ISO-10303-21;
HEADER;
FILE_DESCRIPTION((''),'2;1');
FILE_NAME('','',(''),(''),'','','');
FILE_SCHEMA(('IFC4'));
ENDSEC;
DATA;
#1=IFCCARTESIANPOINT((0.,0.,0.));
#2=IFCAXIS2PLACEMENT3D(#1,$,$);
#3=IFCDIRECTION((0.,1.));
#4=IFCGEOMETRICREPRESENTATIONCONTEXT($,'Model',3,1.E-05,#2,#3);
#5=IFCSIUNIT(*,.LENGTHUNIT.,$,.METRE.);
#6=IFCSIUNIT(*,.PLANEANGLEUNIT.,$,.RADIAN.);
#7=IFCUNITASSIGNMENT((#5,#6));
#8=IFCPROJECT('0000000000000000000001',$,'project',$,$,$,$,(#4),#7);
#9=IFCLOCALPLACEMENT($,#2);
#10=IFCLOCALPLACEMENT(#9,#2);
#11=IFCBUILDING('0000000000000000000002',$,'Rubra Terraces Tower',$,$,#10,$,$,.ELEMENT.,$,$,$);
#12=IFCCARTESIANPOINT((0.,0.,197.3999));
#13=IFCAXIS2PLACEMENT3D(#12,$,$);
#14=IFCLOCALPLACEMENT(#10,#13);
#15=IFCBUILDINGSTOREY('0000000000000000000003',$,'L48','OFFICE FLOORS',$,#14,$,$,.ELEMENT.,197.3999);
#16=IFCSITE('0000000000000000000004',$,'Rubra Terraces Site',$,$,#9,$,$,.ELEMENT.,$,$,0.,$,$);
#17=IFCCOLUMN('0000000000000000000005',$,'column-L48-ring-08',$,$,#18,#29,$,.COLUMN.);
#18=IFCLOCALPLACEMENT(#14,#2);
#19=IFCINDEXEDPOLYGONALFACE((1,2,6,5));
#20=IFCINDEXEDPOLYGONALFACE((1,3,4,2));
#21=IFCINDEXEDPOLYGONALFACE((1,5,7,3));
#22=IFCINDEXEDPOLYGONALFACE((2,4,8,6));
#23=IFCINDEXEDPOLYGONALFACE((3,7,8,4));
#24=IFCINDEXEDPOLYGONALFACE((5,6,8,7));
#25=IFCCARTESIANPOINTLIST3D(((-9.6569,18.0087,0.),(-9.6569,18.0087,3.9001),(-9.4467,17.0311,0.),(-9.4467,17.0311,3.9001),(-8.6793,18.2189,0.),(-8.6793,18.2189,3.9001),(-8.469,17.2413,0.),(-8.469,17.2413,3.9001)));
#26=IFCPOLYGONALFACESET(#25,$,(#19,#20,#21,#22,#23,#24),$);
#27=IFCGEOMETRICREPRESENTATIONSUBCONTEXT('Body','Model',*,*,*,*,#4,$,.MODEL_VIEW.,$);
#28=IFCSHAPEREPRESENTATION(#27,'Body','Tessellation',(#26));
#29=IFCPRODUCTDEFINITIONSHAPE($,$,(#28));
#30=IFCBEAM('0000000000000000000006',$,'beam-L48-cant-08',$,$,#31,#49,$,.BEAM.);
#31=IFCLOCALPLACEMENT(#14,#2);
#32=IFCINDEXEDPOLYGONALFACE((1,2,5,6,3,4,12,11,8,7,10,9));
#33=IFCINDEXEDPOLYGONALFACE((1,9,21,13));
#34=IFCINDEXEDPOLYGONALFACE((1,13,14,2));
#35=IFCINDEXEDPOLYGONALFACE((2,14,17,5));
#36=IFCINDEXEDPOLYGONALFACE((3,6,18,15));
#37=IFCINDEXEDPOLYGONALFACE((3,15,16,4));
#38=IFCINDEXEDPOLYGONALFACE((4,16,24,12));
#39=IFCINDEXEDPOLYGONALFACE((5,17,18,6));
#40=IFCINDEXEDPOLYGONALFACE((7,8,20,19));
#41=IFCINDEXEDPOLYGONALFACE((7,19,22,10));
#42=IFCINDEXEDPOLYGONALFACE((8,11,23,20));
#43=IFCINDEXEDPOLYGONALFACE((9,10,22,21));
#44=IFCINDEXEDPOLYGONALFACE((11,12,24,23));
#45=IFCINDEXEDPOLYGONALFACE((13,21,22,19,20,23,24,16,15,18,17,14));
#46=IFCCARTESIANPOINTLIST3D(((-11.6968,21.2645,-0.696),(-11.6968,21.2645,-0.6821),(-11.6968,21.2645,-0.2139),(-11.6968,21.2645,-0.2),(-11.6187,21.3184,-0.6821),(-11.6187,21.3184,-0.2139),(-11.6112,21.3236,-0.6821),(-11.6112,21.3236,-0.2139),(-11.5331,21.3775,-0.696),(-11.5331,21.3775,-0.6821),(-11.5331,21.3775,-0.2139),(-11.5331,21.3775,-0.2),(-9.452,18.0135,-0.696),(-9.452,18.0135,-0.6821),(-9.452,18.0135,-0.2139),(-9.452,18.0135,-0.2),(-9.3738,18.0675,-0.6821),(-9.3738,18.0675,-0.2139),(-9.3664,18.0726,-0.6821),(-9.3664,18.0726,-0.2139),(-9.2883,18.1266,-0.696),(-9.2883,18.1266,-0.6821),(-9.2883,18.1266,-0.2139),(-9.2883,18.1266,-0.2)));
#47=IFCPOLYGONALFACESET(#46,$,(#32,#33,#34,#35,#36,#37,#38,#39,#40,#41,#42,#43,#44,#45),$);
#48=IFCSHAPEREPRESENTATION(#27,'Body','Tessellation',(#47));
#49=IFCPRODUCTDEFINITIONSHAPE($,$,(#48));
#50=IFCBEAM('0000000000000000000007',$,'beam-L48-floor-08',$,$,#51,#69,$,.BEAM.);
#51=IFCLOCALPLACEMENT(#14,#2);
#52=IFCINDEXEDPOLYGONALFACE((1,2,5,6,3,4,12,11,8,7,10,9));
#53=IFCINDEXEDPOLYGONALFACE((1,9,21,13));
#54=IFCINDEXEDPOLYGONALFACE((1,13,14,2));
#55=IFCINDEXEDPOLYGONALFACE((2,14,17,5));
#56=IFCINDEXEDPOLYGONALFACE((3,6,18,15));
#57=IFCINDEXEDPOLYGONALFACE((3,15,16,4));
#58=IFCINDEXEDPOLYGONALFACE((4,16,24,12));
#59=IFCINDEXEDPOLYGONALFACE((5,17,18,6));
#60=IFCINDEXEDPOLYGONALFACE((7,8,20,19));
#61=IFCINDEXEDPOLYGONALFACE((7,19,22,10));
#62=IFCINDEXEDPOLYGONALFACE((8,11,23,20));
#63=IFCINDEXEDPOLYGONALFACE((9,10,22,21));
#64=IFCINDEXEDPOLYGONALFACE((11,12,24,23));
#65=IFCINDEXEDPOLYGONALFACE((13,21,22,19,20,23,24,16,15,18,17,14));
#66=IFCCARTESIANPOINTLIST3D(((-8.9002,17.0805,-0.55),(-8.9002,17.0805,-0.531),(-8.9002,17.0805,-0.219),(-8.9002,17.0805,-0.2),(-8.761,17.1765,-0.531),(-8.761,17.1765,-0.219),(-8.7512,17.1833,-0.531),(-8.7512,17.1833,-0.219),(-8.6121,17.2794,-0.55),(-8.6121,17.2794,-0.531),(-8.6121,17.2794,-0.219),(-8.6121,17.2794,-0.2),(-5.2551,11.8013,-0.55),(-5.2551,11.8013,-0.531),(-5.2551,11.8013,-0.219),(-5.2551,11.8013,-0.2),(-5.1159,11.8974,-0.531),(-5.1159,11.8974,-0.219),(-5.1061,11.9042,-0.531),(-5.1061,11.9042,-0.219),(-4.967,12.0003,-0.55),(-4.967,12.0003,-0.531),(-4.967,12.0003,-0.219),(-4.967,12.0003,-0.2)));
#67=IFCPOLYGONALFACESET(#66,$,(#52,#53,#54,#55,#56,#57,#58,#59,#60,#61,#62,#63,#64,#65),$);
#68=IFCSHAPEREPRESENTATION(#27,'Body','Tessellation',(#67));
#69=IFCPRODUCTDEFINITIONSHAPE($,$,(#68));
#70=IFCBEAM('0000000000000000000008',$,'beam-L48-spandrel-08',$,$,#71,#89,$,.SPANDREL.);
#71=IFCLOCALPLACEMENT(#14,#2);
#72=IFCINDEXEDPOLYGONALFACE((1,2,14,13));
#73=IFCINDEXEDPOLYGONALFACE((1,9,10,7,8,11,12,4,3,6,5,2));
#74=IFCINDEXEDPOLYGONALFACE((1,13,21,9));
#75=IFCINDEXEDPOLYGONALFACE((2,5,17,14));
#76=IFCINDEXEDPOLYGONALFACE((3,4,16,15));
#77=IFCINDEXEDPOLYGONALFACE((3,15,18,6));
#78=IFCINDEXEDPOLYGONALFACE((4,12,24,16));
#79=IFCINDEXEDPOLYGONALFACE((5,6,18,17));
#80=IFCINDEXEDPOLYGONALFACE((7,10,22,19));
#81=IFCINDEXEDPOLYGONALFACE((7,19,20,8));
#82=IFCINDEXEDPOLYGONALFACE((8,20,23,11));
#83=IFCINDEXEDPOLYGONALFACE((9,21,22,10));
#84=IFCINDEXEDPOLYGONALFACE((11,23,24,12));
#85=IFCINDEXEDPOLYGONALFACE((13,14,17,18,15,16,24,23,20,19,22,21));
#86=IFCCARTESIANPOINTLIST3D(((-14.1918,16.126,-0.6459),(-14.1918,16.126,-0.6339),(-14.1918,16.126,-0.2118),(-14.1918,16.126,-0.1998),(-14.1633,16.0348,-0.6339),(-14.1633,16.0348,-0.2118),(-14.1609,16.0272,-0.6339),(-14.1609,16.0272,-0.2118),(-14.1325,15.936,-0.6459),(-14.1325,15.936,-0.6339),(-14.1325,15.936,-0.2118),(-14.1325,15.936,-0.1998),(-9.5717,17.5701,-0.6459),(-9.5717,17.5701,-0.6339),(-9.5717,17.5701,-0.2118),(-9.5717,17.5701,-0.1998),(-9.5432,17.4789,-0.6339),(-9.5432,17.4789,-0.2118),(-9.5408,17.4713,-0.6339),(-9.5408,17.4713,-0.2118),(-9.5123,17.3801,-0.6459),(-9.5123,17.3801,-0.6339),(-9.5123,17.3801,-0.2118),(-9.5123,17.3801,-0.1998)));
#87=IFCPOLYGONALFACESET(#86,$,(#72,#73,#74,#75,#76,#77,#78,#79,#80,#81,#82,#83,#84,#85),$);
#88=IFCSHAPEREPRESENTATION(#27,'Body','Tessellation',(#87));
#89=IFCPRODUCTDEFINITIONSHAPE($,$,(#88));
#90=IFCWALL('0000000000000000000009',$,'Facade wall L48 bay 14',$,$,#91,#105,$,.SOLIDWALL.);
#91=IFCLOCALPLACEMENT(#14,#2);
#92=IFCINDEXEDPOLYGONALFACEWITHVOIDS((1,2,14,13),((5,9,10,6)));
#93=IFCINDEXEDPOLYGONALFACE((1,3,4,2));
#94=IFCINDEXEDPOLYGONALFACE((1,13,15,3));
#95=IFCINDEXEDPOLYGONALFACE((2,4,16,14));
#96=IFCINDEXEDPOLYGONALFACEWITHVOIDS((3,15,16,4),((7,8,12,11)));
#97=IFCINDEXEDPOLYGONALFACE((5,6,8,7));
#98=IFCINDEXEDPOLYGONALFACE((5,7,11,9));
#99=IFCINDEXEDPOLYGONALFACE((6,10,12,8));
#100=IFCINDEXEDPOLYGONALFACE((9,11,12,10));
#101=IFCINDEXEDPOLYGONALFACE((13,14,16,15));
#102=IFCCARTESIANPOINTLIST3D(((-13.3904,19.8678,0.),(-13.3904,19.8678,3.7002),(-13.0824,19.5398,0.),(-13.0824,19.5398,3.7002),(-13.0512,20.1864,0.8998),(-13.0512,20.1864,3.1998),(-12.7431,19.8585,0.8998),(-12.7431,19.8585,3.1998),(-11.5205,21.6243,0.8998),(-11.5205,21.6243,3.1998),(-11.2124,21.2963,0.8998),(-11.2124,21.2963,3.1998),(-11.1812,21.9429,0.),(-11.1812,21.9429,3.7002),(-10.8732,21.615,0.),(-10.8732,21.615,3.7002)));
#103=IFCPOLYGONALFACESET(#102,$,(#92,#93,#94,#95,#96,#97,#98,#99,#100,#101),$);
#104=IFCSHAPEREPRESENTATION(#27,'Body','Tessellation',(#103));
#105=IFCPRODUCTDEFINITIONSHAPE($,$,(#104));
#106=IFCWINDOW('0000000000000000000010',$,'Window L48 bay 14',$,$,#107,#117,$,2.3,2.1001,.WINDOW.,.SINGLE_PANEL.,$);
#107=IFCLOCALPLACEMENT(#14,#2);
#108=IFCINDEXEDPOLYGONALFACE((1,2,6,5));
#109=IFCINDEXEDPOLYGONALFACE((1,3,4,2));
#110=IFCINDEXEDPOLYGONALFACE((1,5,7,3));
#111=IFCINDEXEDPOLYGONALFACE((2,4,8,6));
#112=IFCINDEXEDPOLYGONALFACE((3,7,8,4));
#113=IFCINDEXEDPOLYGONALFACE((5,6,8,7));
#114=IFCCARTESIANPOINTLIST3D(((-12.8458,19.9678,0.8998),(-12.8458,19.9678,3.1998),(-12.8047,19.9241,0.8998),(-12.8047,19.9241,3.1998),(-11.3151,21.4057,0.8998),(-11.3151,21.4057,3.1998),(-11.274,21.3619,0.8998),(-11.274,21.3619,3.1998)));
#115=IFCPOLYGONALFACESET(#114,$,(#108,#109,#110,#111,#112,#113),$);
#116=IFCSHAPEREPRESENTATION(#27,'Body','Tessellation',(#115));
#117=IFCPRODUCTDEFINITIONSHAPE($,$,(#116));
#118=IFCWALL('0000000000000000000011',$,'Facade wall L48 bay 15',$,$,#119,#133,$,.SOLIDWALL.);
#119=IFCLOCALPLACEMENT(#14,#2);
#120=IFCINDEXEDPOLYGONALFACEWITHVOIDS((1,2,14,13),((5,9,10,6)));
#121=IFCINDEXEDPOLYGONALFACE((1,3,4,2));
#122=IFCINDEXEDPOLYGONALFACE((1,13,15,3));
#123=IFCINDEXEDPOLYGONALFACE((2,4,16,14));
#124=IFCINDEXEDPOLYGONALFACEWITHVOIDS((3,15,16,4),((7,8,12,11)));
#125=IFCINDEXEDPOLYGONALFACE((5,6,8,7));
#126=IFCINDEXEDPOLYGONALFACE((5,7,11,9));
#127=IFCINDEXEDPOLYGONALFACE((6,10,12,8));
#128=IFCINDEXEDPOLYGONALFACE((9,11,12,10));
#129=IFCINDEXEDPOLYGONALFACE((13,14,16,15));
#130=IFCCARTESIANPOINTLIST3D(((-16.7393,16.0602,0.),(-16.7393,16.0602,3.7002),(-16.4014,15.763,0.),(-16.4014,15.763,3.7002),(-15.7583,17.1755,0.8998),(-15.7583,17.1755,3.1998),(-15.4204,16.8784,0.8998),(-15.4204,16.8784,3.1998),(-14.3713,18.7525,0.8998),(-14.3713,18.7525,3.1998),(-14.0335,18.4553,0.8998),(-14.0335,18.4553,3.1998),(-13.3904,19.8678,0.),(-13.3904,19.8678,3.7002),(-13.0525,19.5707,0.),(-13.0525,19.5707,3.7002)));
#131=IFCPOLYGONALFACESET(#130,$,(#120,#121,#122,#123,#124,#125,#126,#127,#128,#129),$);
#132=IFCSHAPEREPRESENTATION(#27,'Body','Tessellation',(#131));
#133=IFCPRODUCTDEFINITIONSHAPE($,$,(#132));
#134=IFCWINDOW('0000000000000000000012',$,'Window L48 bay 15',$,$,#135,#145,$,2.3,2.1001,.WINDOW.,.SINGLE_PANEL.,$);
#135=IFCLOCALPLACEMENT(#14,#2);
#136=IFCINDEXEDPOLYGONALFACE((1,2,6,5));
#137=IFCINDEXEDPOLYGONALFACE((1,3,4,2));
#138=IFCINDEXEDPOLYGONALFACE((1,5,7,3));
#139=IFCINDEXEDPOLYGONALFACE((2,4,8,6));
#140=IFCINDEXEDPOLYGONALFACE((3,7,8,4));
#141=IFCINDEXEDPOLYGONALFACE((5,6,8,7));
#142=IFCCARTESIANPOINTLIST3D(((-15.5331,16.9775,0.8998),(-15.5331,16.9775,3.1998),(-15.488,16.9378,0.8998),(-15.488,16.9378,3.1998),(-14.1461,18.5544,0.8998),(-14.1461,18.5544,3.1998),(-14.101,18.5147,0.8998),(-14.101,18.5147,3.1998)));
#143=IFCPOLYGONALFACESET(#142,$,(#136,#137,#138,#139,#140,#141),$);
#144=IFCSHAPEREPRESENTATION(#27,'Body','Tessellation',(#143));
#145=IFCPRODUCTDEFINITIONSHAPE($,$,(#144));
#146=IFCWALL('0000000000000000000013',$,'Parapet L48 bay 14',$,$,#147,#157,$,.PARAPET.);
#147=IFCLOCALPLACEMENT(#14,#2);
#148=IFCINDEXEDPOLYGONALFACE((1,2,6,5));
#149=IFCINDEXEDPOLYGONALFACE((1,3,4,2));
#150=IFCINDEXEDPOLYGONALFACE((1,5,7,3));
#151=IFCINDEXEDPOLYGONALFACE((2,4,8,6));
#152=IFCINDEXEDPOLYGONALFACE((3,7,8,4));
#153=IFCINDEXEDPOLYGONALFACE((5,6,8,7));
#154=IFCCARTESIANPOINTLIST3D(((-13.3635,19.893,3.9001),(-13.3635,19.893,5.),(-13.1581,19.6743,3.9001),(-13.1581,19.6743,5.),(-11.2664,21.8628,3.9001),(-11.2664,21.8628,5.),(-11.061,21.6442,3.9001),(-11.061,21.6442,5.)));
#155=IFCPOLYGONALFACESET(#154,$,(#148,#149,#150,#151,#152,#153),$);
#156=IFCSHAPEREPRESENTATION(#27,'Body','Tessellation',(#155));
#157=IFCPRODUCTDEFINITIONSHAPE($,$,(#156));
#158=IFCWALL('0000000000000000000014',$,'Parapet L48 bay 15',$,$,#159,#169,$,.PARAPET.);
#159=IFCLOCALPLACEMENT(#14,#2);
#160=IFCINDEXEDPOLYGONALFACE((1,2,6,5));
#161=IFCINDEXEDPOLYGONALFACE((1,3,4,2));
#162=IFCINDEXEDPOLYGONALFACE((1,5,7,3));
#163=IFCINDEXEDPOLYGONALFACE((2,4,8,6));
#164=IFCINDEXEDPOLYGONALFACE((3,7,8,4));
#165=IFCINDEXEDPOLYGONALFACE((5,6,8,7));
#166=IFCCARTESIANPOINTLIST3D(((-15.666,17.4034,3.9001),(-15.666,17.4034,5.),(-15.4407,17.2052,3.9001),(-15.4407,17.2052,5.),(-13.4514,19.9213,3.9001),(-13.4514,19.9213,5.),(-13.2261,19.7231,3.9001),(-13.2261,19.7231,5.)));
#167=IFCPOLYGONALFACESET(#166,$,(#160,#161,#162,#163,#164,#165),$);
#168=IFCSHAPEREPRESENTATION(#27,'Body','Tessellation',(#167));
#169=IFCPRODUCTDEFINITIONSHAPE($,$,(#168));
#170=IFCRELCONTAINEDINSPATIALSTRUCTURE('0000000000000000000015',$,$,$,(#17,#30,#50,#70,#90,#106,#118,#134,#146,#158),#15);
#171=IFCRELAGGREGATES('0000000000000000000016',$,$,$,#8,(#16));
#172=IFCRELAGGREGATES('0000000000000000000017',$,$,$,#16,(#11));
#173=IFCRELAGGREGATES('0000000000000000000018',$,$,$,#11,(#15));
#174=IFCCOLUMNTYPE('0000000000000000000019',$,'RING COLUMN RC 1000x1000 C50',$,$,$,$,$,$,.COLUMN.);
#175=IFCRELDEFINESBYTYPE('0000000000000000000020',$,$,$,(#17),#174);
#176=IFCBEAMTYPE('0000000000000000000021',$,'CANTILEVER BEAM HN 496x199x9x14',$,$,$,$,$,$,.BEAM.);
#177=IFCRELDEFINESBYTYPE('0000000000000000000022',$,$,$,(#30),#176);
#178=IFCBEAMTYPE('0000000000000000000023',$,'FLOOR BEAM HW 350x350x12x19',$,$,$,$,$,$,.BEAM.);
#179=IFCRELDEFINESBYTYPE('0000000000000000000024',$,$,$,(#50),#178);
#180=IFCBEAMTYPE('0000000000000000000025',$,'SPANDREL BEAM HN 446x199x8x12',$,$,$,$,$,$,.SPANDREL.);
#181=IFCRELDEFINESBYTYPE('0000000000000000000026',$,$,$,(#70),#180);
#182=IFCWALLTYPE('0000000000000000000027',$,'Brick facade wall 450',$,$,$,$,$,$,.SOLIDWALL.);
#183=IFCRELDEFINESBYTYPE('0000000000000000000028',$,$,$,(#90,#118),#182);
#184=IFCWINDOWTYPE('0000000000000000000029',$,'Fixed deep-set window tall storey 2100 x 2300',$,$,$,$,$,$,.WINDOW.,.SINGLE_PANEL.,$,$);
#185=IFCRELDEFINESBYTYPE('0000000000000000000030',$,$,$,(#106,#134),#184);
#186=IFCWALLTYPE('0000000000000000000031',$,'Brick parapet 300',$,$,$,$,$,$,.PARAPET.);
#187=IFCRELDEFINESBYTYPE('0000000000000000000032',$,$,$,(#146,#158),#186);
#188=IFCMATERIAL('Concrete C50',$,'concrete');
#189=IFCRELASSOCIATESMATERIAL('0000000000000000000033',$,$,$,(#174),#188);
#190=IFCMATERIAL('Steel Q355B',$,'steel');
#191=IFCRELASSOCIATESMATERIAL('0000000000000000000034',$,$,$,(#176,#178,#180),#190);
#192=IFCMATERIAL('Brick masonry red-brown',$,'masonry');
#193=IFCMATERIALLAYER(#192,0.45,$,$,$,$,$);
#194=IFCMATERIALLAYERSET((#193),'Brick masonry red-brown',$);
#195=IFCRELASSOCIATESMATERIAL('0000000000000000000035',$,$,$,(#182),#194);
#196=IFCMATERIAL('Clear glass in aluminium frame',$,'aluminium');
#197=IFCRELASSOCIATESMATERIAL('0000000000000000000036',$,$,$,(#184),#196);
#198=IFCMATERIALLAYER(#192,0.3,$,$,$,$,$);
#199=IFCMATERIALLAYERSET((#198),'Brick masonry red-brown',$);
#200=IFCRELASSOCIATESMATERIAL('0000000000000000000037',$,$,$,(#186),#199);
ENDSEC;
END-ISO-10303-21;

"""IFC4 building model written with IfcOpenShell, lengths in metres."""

from ifc_helpers import new_model, si_unit, direction, frame, frame_2d, origin, origin_2d, place, context, subcontext, project, spatial, rectangle, i_section, extrude, material, layer, layer_set, material_profile, profile_set, type_object, element, fill, save


model = new_model("IFC4")

# Units and contexts
model_context = context("Model", 3, precision=1e-05, world=origin(), true_north=direction((0.0, 1.0)))
body_context = subcontext(model_context, "Body", "Model", "MODEL_VIEW")
ifc_project = project(units=[si_unit("LENGTHUNIT", "METRE"), si_unit("PLANEANGLEUNIT", "RADIAN")], contexts=[model_context])

# Site, building, storey
site_placement = place(None, origin())
site = spatial("IfcSite", under=ifc_project, at=site_placement, Name="Rubra Terraces Site", CompositionType="ELEMENT", RefElevation=0.0)
building_placement = place(site_placement, origin())
building = spatial("IfcBuilding", under=site, at=building_placement, Name="Rubra Terraces Tower", CompositionType="ELEMENT")
storey_placement = place(building_placement, frame((0.0, 0.0, 197.3999)))
storey = spatial("IfcBuildingStorey", under=building, at=storey_placement, Name="L48", Description="OFFICE FLOORS", CompositionType="ELEMENT", Elevation=197.3999)

# Column
ifc_material_1 = material(Name="Concrete C50", Category="concrete")
ifc_material_profile_1 = material_profile(ifc_material_1, rectangle(XDim=1.0, YDim=1.0, at=origin_2d()), Name="RC 1000x1000")
ifc_profile_set_1 = profile_set([ifc_material_profile_1], Name="Concrete C50")
column_type = type_object("IfcColumnType", Name="RING COLUMN RC 1000x1000 C50", PredefinedType="COLUMN", material=ifc_profile_set_1)
column_placement = place(storey_placement, frame((-9.063, 17.625, 0.0), z_axis=(0.0, 0.0, 1.0), x_axis=(-0.977653, -0.210227, 0.0)))
element("IfcColumn", 1, at=column_placement, inside=storey, type_object=column_type, Name="column-L48-ring-08", PredefinedType="COLUMN", context=body_context, shape_type="SweptSolid", body=[
    extrude(rectangle(XDim=1.0, YDim=1.0, at=origin_2d()), origin(), (0.0, 0.0, 1.0), 3.9001),
])

# Beams
ifc_material_2 = material(Name="Steel Q355B", Category="steel")
ifc_material_profile_2 = material_profile(ifc_material_2, i_section(OverallWidth=0.199, OverallDepth=0.4961, WebThickness=0.009, FlangeThickness=0.0139, at=origin_2d()), Name="HN 496x199x9x14")
ifc_profile_set_2 = profile_set([ifc_material_profile_2], Name="Steel Q355B")
beam_type_1 = type_object("IfcBeamType", Name="CANTILEVER BEAM HN 496x199x9x14", PredefinedType="BEAM", material=ifc_profile_set_2)
beam_1_placement = place(storey_placement, frame((-9.3701, 18.0701, -0.448), z_axis=(-0.568217, 0.822879, 0.0), x_axis=(-0.822879, -0.568217, 0.0)))
element("IfcBeam", 2, at=beam_1_placement, inside=storey, type_object=beam_type_1, Name="beam-L48-cant-08", PredefinedType="BEAM", context=body_context, shape_type="SweptSolid", body=[
    extrude(i_section(OverallWidth=0.199, OverallDepth=0.4961, WebThickness=0.009, FlangeThickness=0.0139, at=origin_2d()), origin(), (0.0, 0.0, 1.0), 3.9507),
])
ifc_material_profile_3 = material_profile(ifc_material_2, i_section(OverallWidth=0.3501, OverallDepth=0.3501, WebThickness=0.012, FlangeThickness=0.019, at=origin_2d()), Name="HW 350x350x12x19")
ifc_profile_set_3 = profile_set([ifc_material_profile_3], Name="Steel Q355B")
beam_type_2 = type_object("IfcBeamType", Name="FLOOR BEAM HW 350x350x12x19", PredefinedType="BEAM", material=ifc_profile_set_3)
beam_2_placement = place(storey_placement, frame((-8.7561, 17.1799, -0.375), z_axis=(0.568186, -0.8229, 0.0), x_axis=(0.8229, 0.568186, 0.0)))
element("IfcBeam", 3, at=beam_2_placement, inside=storey, type_object=beam_type_2, Name="beam-L48-floor-08", PredefinedType="BEAM", context=body_context, shape_type="SweptSolid", body=[
    extrude(i_section(OverallWidth=0.3501, OverallDepth=0.3501, WebThickness=0.012, FlangeThickness=0.019, at=origin_2d()), origin(), (0.0, 0.0, 1.0), 6.4153),
])
ifc_material_profile_4 = material_profile(ifc_material_2, i_section(OverallWidth=0.199, OverallDepth=0.446, WebThickness=0.0081, FlangeThickness=0.012, at=origin_2d()), Name="HN 446x199x8x12")
ifc_profile_set_4 = profile_set([ifc_material_profile_4], Name="Steel Q355B")
beam_type_3 = type_object("IfcBeamType", Name="SPANDREL BEAM HN 446x199x8x12", PredefinedType="SPANDREL", material=ifc_profile_set_4)
beam_3_placement = place(storey_placement, frame((-9.542, 17.4751, -0.4229), z_axis=(-0.954462, -0.298332, 0.0), x_axis=(0.298332, -0.954462, 0.0)))
element("IfcBeam", 4, at=beam_3_placement, inside=storey, type_object=beam_type_3, Name="beam-L48-spandrel-08", PredefinedType="SPANDREL", context=body_context, shape_type="SweptSolid", body=[
    extrude(i_section(OverallWidth=0.199, OverallDepth=0.446, WebThickness=0.0081, FlangeThickness=0.012, at=origin_2d()), origin(), (0.0, 0.0, 1.0), 4.8406),
])

# Walls, openings, windows
ifc_material_3 = material(Name="Brick masonry red-brown", Category="masonry")
ifc_layer_1 = layer(ifc_material_3, 0.45)
ifc_layer_set_1 = layer_set([ifc_layer_1], Name="Brick masonry red-brown")
wall_type_1 = type_object("IfcWallType", Name="Brick facade wall 450", PredefinedType="SOLIDWALL", material=ifc_layer_set_1)
wall_1_placement = place(storey_placement, frame((-11.0271, 21.7791, 0.0), z_axis=(0.0, 0.0, 1.0), x_axis=(-0.728871, -0.684651, 0.0)))
wall_1 = element("IfcWall", 5, at=wall_1_placement, inside=storey, type_object=wall_type_1, Name="Facade wall L48 bay 14", PredefinedType="SOLIDWALL", context=body_context, shape_type="SweptSolid", body=[
    extrude(rectangle(XDim=3.031, YDim=0.45, at=frame_2d((1.5156, 0.0))), origin(), (0.0, 0.0, 1.0), 3.7002),
])
opening_1_placement = place(wall_1_placement, frame((0.4656, 0.0, 0.8999)))
opening_1 = element("IfcOpeningElement", 6, at=opening_1_placement, cuts=wall_1, PredefinedType="OPENING", context=body_context, shape_type="SweptSolid", body=[
    extrude(rectangle(XDim=2.1001, YDim=2.3, at=frame_2d((1.05, 1.1499))), frame((0.0, 0.2349, 0.0), z_axis=(0.0, -1.0, 0.0), x_axis=(1.0, 0.0, 0.0)), (0.0, 0.0, 1.0), 0.47),
])
ifc_material_4 = material(Name="Clear glass in aluminium frame", Category="aluminium")
window_type = type_object("IfcWindowType", Name="Fixed deep-set window tall storey 2100 x 2300", PartitioningType="SINGLE_PANEL", PredefinedType="WINDOW", material=ifc_material_4)
window_1_placement = place(opening_1_placement, origin())
window_1 = element("IfcWindow", 7, at=window_1_placement, inside=storey, type_object=window_type, Name="Window L48 bay 14", OverallHeight=2.3, OverallWidth=2.1001, PartitioningType="SINGLE_PANEL", PredefinedType="WINDOW", context=body_context, shape_type="SweptSolid", body=[
    extrude(rectangle(XDim=2.1001, YDim=2.3, at=frame_2d((1.05, 1.1499))), frame((0.0, 0.135, 0.0), z_axis=(0.0, -1.0, 0.0), x_axis=(1.0, 0.0, 0.0)), (0.0, 0.0, 1.0), 0.0601),
])
fill(opening_1, window_1)
wall_2_placement = place(storey_placement, frame((-13.2214, 19.7192, 0.0), z_axis=(0.0, 0.0, 1.0), x_axis=(-0.660425, -0.750892, 0.0)))
wall_2 = element("IfcWall", 8, at=wall_2_placement, inside=storey, type_object=wall_type_1, Name="Facade wall L48 bay 15", PredefinedType="SOLIDWALL", context=body_context, shape_type="SweptSolid", body=[
    extrude(rectangle(XDim=5.0708, YDim=0.45, at=frame_2d((2.5354, 0.0))), origin(), (0.0, 0.0, 1.0), 3.7002),
])
opening_2_placement = place(wall_2_placement, frame((1.4854, 0.0, 0.8999)))
opening_2 = element("IfcOpeningElement", 9, at=opening_2_placement, cuts=wall_2, PredefinedType="OPENING", context=body_context, shape_type="SweptSolid", body=[
    extrude(rectangle(XDim=2.1001, YDim=2.3, at=frame_2d((1.05, 1.1499))), frame((0.0, 0.2349, 0.0), z_axis=(0.0, -1.0, 0.0), x_axis=(1.0, 0.0, 0.0)), (0.0, 0.0, 1.0), 0.47),
])
window_2_placement = place(opening_2_placement, origin())
window_2 = element("IfcWindow", 10, at=window_2_placement, inside=storey, type_object=window_type, Name="Window L48 bay 15", OverallHeight=2.3, OverallWidth=2.1001, PartitioningType="SINGLE_PANEL", PredefinedType="WINDOW", context=body_context, shape_type="SweptSolid", body=[
    extrude(rectangle(XDim=2.1001, YDim=2.3, at=frame_2d((1.05, 1.1499))), frame((0.0, 0.135, 0.0), z_axis=(0.0, -1.0, 0.0), x_axis=(1.0, 0.0, 0.0)), (0.0, 0.0, 1.0), 0.0601),
])
fill(opening_2, window_2)

# Walls
ifc_layer_2 = layer(ifc_material_3, 0.3)
ifc_layer_set_2 = layer_set([ifc_layer_2], Name="Brick masonry red-brown")
wall_type_2 = type_object("IfcWallType", Name="Brick parapet 300", PredefinedType="PARAPET", material=ifc_layer_set_2)
wall_3_placement = place(storey_placement, frame((-11.1638, 21.7534, 3.9001), z_axis=(0.0, 0.0, 1.0), x_axis=(-0.728865, -0.684658, 0.0)))
element("IfcWall", 11, at=wall_3_placement, inside=storey, type_object=wall_type_2, Name="Parapet L48 bay 14", PredefinedType="PARAPET", context=body_context, shape_type="SweptSolid", body=[
    extrude(rectangle(XDim=2.8772, YDim=0.3, at=frame_2d((1.4385, 0.0))), origin(), (0.0, 0.0, 1.0), 1.0999),
])
wall_4_placement = place(storey_placement, frame((-13.3386, 19.8223, 3.9001), z_axis=(0.0, 0.0, 1.0), x_axis=(-0.660446, -0.750874, 0.0)))
element("IfcWall", 12, at=wall_4_placement, inside=storey, type_object=wall_type_2, Name="Parapet L48 bay 15", PredefinedType="PARAPET", context=body_context, shape_type="SweptSolid", body=[
    extrude(rectangle(XDim=3.3533, YDim=0.3, at=frame_2d((1.6768, 0.0))), origin(), (0.0, 0.0, 1.0), 1.0999),
])

save(model, "model.ifc")
